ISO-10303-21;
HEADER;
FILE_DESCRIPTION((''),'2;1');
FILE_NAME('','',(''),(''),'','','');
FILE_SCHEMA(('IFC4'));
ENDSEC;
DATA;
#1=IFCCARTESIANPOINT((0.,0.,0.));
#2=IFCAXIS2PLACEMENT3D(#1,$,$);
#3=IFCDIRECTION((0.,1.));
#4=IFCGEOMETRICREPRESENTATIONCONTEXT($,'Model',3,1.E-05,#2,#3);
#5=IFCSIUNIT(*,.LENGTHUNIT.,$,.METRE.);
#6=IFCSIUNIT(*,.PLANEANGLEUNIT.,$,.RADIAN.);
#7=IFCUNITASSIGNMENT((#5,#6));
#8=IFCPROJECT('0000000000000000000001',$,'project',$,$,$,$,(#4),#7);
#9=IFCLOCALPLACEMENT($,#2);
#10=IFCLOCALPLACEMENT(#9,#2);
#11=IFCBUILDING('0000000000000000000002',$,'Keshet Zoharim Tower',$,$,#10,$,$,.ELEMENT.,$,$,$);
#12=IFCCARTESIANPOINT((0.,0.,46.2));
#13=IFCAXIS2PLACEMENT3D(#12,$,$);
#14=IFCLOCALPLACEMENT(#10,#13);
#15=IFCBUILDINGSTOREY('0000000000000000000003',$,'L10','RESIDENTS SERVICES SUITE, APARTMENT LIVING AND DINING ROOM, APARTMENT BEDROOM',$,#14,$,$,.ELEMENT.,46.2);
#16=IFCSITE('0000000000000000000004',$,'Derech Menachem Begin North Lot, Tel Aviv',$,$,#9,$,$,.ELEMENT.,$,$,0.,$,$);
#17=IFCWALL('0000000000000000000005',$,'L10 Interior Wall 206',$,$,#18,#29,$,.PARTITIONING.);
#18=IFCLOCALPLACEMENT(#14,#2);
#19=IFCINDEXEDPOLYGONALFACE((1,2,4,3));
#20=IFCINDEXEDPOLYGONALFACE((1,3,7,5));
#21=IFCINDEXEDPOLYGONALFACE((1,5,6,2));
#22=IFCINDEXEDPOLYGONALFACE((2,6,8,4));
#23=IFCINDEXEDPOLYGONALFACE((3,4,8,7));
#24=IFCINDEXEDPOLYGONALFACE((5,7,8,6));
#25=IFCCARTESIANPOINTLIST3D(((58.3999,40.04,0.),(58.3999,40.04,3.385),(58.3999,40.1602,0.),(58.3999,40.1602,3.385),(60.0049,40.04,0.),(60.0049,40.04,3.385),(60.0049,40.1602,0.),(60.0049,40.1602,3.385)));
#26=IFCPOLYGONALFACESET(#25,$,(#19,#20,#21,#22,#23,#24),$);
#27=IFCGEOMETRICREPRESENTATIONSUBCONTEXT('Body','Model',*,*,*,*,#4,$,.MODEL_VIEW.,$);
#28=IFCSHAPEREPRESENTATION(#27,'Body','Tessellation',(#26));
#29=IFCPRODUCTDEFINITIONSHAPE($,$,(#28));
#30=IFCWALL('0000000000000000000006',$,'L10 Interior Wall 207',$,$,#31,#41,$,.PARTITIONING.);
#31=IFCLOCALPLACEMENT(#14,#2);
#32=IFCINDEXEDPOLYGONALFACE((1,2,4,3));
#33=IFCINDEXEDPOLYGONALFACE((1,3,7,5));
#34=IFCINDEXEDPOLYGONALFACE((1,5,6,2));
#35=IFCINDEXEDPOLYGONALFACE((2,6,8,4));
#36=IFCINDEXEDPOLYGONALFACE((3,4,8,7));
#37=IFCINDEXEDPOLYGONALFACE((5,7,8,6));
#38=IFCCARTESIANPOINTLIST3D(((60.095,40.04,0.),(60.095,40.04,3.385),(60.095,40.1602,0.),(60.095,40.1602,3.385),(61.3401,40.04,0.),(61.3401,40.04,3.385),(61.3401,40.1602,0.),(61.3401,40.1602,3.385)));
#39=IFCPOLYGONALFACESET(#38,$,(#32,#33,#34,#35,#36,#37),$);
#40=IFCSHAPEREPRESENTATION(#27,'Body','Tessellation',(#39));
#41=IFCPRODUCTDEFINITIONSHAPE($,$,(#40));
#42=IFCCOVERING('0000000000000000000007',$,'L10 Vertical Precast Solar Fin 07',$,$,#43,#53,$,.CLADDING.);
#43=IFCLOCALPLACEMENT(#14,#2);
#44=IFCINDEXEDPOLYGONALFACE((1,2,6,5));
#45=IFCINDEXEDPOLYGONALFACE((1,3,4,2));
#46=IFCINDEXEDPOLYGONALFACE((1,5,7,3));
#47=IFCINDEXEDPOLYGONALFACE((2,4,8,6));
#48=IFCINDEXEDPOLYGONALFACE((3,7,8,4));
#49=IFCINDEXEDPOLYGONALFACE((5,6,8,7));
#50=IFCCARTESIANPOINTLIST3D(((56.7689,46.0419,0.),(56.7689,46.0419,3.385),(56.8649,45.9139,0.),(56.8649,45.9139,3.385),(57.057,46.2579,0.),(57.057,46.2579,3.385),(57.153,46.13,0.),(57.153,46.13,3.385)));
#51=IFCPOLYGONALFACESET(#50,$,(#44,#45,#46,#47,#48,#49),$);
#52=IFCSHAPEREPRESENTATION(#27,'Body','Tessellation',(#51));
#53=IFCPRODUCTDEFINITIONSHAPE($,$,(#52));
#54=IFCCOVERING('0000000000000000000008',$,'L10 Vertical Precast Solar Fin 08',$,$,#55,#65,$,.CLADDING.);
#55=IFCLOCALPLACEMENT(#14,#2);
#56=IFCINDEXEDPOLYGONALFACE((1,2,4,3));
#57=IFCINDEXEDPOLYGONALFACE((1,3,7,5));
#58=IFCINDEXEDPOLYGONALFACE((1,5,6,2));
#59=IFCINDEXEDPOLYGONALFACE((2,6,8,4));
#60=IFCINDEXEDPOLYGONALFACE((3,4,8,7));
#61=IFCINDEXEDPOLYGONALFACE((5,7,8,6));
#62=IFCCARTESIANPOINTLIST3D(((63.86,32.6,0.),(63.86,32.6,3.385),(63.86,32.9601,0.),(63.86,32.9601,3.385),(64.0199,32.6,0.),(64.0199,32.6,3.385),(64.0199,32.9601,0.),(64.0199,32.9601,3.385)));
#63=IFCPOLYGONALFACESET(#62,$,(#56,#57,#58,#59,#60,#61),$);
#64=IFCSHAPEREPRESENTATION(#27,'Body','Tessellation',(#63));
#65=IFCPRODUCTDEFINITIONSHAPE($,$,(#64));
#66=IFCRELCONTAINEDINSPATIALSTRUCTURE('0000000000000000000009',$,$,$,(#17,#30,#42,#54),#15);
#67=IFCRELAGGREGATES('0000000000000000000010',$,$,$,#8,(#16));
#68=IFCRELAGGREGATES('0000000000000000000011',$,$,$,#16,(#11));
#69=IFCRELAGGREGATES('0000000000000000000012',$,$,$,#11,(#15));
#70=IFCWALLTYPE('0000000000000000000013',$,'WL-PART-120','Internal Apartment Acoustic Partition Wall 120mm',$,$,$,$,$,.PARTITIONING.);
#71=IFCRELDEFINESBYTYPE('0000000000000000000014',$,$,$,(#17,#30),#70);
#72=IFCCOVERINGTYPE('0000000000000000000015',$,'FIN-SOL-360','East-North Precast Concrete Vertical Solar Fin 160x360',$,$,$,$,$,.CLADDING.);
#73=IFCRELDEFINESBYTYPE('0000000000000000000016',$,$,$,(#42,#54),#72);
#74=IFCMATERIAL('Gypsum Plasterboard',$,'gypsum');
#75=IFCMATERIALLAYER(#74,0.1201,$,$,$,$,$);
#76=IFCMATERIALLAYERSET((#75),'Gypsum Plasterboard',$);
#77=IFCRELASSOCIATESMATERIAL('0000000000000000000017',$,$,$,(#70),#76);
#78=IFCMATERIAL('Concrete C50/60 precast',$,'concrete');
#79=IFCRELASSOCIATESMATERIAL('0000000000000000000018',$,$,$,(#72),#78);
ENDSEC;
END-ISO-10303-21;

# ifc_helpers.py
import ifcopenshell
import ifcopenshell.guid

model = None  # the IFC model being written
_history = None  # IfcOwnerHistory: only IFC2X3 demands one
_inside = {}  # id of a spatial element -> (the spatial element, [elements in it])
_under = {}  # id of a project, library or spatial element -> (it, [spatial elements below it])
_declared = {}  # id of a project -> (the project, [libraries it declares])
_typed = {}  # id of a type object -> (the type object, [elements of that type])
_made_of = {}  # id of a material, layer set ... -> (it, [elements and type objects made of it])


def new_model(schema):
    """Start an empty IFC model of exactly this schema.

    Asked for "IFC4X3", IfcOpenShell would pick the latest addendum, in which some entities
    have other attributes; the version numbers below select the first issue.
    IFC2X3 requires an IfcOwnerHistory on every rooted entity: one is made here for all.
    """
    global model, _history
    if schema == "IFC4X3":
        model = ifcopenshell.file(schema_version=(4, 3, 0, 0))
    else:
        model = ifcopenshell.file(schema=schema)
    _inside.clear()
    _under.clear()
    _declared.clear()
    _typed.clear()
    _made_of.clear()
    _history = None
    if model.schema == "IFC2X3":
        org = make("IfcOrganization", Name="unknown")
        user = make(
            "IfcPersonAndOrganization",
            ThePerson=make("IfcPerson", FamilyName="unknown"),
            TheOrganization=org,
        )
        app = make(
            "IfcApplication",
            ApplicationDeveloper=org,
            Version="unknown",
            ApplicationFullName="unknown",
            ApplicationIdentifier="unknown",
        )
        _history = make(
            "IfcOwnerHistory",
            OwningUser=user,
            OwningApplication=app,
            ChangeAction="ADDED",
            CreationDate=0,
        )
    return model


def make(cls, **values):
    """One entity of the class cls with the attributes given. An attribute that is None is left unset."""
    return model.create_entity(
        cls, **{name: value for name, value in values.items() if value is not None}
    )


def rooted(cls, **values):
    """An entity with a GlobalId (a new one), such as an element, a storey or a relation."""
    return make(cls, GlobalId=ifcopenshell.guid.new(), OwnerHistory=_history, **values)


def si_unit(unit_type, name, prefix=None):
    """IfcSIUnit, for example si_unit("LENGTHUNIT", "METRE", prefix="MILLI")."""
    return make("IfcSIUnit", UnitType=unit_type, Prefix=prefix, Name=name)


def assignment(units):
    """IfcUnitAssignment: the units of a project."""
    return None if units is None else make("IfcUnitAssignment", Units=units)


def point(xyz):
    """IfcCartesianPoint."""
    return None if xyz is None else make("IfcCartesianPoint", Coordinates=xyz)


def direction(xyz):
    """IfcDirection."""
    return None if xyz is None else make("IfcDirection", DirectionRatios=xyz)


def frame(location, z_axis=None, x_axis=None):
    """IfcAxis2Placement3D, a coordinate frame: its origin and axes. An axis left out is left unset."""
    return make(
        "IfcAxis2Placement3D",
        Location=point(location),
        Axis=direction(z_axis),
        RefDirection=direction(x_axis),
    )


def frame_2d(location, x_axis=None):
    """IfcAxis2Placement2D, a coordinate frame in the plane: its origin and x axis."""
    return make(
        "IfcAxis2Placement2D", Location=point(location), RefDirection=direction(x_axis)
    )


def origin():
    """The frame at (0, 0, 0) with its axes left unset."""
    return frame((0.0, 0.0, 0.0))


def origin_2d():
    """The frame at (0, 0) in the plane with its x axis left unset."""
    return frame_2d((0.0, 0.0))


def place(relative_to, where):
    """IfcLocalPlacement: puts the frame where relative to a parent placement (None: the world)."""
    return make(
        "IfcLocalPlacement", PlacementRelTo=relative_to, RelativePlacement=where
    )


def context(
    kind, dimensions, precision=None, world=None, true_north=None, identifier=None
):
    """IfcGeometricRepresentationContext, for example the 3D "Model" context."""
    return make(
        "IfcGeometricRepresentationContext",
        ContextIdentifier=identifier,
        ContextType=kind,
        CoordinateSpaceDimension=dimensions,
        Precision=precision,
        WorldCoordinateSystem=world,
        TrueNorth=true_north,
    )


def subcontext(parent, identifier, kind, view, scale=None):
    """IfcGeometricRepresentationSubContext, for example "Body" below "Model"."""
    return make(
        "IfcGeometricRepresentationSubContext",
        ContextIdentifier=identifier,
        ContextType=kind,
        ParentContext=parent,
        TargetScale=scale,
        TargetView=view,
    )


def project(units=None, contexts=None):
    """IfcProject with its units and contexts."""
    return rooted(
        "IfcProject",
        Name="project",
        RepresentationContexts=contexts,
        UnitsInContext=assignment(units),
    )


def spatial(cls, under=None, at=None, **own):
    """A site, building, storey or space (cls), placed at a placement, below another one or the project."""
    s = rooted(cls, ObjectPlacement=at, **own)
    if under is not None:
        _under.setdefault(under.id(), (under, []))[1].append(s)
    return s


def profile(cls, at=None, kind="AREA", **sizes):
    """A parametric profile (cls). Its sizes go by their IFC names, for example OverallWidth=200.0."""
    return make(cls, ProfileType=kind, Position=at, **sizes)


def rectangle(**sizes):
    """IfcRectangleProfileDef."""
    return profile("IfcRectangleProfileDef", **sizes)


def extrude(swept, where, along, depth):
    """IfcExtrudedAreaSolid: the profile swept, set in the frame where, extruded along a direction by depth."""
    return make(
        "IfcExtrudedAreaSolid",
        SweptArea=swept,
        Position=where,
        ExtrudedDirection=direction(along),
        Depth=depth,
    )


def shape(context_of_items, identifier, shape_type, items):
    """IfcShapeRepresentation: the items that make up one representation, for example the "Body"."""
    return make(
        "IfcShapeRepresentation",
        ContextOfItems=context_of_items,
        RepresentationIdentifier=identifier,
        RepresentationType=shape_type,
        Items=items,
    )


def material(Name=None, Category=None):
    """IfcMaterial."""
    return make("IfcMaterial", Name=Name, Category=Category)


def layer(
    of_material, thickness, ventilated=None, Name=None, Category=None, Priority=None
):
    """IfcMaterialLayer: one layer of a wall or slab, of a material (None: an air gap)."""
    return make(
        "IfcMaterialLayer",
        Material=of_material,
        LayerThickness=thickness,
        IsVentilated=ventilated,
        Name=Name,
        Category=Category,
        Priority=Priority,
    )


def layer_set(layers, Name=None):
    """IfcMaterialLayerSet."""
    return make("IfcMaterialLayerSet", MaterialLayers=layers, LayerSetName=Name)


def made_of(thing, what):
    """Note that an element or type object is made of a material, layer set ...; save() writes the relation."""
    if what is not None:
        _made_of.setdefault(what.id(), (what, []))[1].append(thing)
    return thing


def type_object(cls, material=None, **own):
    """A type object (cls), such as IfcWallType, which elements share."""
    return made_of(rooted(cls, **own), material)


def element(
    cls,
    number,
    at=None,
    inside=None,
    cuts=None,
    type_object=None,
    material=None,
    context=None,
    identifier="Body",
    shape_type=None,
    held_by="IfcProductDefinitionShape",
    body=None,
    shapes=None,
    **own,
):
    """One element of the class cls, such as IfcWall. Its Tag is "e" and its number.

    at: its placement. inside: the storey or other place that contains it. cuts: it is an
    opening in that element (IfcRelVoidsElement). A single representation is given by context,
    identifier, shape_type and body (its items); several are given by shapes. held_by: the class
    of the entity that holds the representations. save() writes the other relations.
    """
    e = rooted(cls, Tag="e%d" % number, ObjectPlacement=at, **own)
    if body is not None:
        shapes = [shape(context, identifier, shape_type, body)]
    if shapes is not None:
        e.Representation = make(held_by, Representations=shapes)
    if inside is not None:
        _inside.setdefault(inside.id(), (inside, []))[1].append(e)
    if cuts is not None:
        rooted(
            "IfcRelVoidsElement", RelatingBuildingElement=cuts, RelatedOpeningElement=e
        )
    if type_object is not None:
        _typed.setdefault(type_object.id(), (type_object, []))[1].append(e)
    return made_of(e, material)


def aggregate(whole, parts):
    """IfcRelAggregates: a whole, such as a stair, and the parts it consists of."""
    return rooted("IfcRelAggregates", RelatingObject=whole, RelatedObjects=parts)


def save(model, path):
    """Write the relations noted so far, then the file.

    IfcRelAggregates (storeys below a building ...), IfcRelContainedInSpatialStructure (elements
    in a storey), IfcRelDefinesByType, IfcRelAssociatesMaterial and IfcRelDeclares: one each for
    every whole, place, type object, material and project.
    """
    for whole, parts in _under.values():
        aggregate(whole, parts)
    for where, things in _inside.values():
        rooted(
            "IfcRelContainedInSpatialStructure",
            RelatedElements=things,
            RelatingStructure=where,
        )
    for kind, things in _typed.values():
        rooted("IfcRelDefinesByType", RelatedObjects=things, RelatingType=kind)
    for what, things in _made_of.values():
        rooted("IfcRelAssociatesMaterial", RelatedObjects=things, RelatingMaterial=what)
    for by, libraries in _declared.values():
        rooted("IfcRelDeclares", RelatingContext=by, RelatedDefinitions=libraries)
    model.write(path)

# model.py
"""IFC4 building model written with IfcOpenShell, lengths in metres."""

from ifc_helpers import new_model, si_unit, direction, frame, frame_2d, origin, origin_2d, place, context, subcontext, project, spatial, rectangle, extrude, material, layer, layer_set, type_object, element, save


model = new_model("IFC4")

# Units and contexts
model_context = context("Model", 3, precision=1e-05, world=origin(), true_north=direction((0.0, 1.0)))
body_context = subcontext(model_context, "Body", "Model", "MODEL_VIEW")
ifc_project = project(units=[si_unit("LENGTHUNIT", "METRE"), si_unit("PLANEANGLEUNIT", "RADIAN")], contexts=[model_context])

# Site, building, storey
site_placement = place(None, origin())
site = spatial("IfcSite", under=ifc_project, at=site_placement, Name="Derech Menachem Begin North Lot, Tel Aviv", CompositionType="ELEMENT", RefElevation=0.0)
building_placement = place(site_placement, origin())
building = spatial("IfcBuilding", under=site, at=building_placement, Name="Keshet Zoharim Tower", CompositionType="ELEMENT")
storey_placement = place(building_placement, frame((0.0, 0.0, 46.2)))
storey = spatial("IfcBuildingStorey", under=building, at=storey_placement, Name="L10", Description="RESIDENTS SERVICES SUITE, APARTMENT LIVING AND DINING ROOM, APARTMENT BEDROOM", CompositionType="ELEMENT", Elevation=46.2)

# Walls
ifc_material_1 = material(Name="Gypsum Plasterboard", Category="gypsum")
ifc_layer_1 = layer(ifc_material_1, 0.1201)
ifc_layer_set_1 = layer_set([ifc_layer_1], Name="Gypsum Plasterboard")
wall_type = type_object("IfcWallType", Name="WL-PART-120", Description="Internal Apartment Acoustic Partition Wall 120mm", PredefinedType="PARTITIONING", material=ifc_layer_set_1)
wall_1_placement = place(storey_placement, frame((58.3999, 40.1001, 0.0), z_axis=(0.0, 0.0, 1.0), x_axis=(1.0, 0.0, 0.0)))
element("IfcWall", 1, at=wall_1_placement, inside=storey, type_object=wall_type, Name="L10 Interior Wall 206", PredefinedType="PARTITIONING", context=body_context, shape_type="SweptSolid", body=[
    extrude(rectangle(XDim=1.605, YDim=0.1201, at=frame_2d((0.8025, 0.0))), origin(), (0.0, 0.0, 1.0), 3.385),
])
wall_2_placement = place(storey_placement, frame((60.095, 40.1001, 0.0), z_axis=(0.0, 0.0, 1.0), x_axis=(1.0, 0.0, 0.0)))
element("IfcWall", 2, at=wall_2_placement, inside=storey, type_object=wall_type, Name="L10 Interior Wall 207", PredefinedType="PARTITIONING", context=body_context, shape_type="SweptSolid", body=[
    extrude(rectangle(XDim=1.2451, YDim=0.1201, at=frame_2d((0.6226, 0.0))), origin(), (0.0, 0.0, 1.0), 3.385),
])

# Coverings
ifc_material_2 = material(Name="Concrete C50/60 precast", Category="concrete")
covering_type = type_object("IfcCoveringType", Name="FIN-SOL-360", Description="East-North Precast Concrete Vertical Solar Fin 160x360", PredefinedType="CLADDING", material=ifc_material_2)
for number, where, z_axis, x_axis, name in (
    (3, (56.9609, 46.0859, 0.0), (0.0, 0.0, 1.0), (0.6, -0.8, 0.0), "L10 Vertical Precast Solar Fin 07"),
    (4, (63.9399, 32.78, 0.0), (0.0, 0.0, 1.0), (1.0, 0.0, 0.0), "L10 Vertical Precast Solar Fin 08"),
):
    element("IfcCovering", number, at=place(storey_placement, frame(where, z_axis=z_axis, x_axis=x_axis)), inside=storey, type_object=covering_type, Name=name, PredefinedType="CLADDING", context=body_context, shape_type="SweptSolid", body=[
        extrude(rectangle(XDim=0.1599, YDim=0.3601, at=origin_2d()), origin(), (0.0, 0.0, 1.0), 3.385),
    ])

save(model, "model.ifc")
